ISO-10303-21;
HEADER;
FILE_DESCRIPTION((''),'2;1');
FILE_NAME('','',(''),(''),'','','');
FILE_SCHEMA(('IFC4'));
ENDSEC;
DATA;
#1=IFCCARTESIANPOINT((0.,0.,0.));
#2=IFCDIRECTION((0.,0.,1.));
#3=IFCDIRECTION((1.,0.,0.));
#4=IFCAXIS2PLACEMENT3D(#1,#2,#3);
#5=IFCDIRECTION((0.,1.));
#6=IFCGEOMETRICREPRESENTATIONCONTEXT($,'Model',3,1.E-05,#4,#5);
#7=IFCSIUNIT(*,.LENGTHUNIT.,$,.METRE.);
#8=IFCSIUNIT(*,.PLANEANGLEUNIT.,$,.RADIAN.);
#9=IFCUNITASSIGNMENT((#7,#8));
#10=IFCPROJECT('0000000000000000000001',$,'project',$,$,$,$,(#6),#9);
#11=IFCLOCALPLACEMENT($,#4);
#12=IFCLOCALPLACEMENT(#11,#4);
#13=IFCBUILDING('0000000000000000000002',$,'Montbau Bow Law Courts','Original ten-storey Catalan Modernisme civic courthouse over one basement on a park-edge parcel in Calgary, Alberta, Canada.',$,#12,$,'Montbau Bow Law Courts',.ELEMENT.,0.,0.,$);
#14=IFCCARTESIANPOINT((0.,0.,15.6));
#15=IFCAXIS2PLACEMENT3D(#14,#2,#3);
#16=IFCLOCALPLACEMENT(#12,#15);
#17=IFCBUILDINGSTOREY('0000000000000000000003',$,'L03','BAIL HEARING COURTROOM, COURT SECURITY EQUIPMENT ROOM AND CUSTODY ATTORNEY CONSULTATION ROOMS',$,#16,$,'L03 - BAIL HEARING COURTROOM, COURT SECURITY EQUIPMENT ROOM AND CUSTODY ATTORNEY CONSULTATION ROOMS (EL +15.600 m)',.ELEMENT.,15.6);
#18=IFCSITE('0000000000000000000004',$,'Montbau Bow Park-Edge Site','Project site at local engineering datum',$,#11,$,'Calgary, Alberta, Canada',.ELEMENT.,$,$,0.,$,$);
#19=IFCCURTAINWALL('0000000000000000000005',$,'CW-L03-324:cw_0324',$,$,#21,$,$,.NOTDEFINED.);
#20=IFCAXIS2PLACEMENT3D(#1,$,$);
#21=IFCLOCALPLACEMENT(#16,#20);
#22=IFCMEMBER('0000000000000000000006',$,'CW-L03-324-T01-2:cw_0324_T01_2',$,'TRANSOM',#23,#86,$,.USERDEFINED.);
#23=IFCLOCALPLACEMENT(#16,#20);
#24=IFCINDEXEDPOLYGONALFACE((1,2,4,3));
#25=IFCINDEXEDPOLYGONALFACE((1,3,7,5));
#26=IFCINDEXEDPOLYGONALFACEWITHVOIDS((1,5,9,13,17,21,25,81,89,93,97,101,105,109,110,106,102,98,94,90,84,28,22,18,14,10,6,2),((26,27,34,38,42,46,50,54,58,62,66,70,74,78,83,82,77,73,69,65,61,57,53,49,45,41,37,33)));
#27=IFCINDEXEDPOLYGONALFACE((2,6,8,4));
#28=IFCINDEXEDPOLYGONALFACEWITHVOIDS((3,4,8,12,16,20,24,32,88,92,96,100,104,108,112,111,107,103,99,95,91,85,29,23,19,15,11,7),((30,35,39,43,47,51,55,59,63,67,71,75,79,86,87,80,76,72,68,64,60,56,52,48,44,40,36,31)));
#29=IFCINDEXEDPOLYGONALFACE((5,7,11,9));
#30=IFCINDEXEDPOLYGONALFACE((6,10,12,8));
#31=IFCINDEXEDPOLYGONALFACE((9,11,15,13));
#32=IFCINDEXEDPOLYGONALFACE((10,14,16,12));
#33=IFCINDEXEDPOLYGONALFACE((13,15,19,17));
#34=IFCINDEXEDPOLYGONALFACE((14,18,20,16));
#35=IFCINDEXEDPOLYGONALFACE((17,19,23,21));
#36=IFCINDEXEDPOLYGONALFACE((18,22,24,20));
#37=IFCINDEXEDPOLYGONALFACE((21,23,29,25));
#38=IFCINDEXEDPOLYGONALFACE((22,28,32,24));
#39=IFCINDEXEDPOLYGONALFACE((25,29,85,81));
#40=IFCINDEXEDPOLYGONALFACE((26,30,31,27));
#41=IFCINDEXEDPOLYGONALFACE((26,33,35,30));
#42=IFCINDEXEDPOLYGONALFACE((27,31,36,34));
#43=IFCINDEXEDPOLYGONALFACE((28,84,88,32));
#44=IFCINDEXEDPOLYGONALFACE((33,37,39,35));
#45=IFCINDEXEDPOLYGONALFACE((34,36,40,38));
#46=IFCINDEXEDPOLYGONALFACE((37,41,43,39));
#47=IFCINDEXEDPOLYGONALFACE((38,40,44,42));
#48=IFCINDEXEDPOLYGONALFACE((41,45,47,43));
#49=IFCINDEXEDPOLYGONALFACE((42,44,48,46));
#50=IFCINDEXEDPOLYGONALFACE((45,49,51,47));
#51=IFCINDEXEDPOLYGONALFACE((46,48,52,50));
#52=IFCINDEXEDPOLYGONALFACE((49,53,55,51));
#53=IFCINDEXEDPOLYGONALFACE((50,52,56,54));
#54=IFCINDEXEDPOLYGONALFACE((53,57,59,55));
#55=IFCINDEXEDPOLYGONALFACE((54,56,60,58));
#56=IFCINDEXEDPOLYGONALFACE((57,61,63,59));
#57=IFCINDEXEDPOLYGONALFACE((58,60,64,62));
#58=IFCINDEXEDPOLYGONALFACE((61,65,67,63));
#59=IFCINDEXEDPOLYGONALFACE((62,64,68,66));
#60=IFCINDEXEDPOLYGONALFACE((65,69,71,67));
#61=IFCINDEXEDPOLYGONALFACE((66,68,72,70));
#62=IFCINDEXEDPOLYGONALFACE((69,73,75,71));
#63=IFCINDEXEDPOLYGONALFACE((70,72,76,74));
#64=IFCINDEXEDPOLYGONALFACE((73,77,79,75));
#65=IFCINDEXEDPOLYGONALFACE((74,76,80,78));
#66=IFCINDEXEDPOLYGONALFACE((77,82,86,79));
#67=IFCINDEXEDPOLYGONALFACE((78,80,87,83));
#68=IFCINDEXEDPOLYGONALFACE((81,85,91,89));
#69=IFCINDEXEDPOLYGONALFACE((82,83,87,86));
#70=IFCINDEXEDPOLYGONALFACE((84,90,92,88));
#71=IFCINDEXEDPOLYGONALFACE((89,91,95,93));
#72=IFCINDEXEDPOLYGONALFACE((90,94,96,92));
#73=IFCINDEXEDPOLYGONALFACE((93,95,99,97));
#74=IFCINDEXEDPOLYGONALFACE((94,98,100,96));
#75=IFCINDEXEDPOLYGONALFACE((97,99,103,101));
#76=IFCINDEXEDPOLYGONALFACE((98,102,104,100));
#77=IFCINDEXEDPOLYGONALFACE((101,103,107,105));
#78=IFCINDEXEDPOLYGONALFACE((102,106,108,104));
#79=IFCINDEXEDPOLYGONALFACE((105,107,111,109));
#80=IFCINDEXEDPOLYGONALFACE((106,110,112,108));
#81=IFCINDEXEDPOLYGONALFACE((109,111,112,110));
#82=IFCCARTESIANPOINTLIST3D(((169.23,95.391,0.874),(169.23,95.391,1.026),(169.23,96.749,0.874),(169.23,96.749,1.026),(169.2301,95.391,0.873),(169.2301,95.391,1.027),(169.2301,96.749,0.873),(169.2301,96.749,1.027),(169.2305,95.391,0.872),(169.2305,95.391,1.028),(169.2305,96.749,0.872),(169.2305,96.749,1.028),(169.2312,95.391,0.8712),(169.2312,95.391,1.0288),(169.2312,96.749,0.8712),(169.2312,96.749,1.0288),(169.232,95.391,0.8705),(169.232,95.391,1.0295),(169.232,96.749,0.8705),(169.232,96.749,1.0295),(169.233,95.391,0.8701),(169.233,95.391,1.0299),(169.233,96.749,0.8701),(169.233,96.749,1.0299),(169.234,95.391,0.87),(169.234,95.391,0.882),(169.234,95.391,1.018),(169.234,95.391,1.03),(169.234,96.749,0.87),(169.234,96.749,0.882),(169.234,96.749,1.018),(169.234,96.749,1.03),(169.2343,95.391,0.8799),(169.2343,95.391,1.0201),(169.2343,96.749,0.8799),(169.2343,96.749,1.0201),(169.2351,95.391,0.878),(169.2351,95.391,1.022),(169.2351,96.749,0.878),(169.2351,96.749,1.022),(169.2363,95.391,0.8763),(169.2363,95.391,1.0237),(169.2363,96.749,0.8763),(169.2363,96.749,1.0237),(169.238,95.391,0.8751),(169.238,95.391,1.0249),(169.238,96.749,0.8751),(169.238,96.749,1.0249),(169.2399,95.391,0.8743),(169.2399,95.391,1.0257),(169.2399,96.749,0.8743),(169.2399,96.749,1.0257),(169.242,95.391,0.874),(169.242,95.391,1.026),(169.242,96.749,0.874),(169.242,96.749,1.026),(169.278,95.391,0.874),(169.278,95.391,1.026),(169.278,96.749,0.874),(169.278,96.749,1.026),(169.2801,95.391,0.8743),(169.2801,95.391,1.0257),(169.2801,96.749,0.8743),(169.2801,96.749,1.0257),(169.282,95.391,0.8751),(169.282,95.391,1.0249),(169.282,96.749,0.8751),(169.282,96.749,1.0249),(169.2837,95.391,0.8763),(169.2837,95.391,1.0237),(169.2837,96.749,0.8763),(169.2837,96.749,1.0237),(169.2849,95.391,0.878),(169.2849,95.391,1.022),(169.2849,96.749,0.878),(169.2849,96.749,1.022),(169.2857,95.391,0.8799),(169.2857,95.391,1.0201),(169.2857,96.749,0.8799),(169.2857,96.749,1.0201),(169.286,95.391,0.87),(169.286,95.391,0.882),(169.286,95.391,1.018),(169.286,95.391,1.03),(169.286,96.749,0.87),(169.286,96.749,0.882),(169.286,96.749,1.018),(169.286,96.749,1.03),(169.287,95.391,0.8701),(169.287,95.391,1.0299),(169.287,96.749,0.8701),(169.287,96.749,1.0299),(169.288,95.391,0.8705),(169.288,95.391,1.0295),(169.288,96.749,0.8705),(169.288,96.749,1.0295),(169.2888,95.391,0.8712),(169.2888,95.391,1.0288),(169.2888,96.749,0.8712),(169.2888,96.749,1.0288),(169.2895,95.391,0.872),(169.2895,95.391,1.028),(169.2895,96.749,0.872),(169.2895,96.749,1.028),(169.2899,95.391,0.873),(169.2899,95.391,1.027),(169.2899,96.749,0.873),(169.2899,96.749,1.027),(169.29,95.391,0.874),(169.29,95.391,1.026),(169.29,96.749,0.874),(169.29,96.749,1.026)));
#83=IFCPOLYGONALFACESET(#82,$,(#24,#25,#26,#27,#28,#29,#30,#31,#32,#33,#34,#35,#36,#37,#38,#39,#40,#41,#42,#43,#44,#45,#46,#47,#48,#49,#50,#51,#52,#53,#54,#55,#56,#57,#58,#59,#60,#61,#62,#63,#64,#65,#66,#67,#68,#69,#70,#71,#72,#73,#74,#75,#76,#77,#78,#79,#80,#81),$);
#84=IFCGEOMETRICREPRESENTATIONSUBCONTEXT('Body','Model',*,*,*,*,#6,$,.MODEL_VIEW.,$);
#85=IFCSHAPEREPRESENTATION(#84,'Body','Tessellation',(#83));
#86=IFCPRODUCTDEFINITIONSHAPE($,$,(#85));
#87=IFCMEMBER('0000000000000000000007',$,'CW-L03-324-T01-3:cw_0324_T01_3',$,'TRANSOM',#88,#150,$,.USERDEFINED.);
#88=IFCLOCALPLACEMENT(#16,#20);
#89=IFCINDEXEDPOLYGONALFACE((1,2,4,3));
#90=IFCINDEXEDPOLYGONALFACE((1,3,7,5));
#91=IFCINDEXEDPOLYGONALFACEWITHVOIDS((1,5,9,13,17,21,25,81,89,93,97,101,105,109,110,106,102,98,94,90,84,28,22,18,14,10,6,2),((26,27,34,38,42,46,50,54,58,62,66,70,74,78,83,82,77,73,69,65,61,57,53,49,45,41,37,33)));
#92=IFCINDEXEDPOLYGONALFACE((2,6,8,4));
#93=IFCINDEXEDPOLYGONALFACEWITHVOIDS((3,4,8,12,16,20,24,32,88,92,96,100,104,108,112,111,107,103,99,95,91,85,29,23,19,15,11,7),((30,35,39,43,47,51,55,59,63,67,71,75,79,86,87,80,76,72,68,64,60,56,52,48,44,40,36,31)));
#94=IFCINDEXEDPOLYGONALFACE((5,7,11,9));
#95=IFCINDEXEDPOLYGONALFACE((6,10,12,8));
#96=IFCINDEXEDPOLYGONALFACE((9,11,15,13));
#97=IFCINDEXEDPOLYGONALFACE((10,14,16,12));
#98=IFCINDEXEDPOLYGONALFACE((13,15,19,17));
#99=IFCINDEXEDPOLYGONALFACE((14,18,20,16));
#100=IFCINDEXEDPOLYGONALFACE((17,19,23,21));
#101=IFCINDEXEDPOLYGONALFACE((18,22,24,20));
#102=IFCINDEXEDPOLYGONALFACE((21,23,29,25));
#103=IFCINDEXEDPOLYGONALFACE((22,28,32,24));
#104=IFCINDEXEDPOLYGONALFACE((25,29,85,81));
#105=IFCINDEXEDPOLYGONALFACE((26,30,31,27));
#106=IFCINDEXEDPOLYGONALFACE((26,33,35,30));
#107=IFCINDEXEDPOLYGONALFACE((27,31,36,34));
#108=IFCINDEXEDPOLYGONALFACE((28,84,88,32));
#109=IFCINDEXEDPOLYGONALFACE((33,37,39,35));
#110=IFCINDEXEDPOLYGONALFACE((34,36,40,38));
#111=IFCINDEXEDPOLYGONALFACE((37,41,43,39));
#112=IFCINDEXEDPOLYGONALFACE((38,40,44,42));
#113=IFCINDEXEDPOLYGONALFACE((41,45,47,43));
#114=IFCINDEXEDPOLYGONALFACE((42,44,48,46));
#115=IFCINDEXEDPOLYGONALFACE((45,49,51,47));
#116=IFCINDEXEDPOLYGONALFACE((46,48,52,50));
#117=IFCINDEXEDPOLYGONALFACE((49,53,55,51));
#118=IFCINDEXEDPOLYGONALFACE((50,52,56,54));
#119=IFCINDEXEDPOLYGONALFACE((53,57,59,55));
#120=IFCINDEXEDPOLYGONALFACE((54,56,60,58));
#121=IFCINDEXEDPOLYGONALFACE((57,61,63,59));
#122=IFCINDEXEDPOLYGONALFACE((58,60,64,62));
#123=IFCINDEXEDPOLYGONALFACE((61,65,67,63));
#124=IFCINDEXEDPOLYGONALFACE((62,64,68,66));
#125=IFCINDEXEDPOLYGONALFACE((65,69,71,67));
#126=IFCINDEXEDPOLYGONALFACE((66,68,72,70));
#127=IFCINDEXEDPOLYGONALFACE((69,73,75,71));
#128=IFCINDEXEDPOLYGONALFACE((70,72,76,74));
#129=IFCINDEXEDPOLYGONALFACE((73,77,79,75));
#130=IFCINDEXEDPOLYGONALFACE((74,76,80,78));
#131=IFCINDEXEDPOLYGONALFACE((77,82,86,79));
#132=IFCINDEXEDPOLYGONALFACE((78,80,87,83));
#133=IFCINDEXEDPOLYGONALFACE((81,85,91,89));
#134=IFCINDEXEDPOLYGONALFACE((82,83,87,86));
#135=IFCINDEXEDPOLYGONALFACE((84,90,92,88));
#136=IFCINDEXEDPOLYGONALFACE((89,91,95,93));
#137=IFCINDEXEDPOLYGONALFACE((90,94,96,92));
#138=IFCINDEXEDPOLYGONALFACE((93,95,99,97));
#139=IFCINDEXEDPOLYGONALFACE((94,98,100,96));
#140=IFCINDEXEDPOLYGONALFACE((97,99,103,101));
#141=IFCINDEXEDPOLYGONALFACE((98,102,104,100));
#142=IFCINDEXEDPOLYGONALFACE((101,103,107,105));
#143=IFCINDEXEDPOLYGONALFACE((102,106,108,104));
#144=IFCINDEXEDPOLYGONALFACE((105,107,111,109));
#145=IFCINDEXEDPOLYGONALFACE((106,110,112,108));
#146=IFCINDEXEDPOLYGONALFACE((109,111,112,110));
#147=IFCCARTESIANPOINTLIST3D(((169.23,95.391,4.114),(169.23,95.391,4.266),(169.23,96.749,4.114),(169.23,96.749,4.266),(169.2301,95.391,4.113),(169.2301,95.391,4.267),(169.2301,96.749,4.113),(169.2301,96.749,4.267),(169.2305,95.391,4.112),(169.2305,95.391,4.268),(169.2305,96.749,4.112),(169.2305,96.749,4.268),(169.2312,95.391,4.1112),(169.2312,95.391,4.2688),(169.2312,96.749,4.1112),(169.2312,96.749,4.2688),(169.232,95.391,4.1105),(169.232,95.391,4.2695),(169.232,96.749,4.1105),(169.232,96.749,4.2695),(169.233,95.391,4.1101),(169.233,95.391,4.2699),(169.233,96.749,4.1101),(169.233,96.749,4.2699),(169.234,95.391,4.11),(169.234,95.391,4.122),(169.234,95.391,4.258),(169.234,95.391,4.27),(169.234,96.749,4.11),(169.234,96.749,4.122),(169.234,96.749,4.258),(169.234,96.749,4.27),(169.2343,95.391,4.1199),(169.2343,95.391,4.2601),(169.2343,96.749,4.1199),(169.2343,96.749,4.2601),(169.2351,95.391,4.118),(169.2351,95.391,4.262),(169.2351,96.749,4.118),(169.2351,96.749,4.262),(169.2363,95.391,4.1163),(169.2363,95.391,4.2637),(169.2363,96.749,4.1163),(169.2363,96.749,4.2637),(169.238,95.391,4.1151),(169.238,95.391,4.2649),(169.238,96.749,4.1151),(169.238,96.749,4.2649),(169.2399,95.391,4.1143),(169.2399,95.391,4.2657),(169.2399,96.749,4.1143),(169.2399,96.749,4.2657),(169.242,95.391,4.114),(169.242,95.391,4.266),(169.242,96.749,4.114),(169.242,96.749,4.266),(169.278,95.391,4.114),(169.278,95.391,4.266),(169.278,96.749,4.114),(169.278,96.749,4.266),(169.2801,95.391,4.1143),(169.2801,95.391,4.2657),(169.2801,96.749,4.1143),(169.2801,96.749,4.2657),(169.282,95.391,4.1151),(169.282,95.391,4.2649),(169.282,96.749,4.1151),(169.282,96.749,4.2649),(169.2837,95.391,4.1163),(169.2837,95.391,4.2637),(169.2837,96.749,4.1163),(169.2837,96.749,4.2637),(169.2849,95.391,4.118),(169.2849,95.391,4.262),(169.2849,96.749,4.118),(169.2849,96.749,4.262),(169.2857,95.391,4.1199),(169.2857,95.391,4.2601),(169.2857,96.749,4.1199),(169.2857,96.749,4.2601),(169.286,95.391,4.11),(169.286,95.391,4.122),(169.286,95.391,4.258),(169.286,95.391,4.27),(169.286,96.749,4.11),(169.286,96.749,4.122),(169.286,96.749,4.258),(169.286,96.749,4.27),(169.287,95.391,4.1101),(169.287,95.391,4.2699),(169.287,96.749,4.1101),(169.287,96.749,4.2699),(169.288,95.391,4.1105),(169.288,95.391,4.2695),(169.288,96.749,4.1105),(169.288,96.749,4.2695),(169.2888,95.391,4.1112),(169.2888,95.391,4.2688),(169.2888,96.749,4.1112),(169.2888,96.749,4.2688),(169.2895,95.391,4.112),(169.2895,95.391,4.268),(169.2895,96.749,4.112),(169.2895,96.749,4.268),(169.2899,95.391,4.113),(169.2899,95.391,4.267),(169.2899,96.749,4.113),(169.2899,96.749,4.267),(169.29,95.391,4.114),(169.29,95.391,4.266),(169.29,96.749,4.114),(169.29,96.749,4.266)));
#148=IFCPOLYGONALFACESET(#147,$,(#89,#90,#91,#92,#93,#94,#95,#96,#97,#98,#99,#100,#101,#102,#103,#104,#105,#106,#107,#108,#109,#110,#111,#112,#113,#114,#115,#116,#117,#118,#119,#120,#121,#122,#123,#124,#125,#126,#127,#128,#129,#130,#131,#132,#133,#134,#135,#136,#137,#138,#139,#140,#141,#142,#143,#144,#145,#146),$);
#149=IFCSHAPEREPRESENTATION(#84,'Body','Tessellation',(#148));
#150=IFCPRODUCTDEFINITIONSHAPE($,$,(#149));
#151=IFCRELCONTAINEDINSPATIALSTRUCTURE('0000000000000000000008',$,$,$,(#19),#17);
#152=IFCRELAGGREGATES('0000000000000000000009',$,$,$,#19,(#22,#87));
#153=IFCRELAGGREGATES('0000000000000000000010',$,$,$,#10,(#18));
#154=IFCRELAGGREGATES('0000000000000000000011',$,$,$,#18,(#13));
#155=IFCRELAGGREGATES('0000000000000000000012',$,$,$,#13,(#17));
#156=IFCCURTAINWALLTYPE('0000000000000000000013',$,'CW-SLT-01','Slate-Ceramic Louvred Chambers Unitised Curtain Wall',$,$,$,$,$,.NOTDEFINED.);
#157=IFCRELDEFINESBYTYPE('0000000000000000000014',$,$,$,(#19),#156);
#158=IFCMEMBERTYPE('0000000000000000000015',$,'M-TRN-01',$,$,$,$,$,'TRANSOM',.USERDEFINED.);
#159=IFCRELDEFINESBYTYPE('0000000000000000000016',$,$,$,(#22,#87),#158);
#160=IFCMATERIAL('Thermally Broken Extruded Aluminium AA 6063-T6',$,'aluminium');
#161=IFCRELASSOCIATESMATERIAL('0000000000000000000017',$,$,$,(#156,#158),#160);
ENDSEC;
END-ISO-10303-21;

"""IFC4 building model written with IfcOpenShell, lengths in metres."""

from ifc_helpers import new_model, si_unit, direction, frame, origin_with_axes, origin_2d_with_axis, place, context, subcontext, project, spatial, hollow_rectangle, extrude, material, material_profile, profile_set, type_object, element, aggregate, save


model = new_model("IFC4")

# Units and contexts
model_context = context("Model", 3, precision=1e-05, world=origin_with_axes(), true_north=direction((0.0, 1.0)))
body_context = subcontext(model_context, "Body", "Model", "MODEL_VIEW")
ifc_project = project(units=[si_unit("LENGTHUNIT", "METRE"), si_unit("PLANEANGLEUNIT", "RADIAN")], contexts=[model_context])

# Site, building, storey
site_placement = place(None, origin_with_axes())
site = spatial("IfcSite", under=ifc_project, at=site_placement, Name="Montbau Bow Park-Edge Site", Description="Project site at local engineering datum", LongName="Calgary, Alberta, Canada", CompositionType="ELEMENT", RefElevation=0.0)
building_placement = place(site_placement, origin_with_axes())
building = spatial("IfcBuilding", under=site, at=building_placement, Name="Montbau Bow Law Courts", Description="Original ten-storey Catalan Modernisme civic courthouse over one basement on a park-edge parcel in Calgary, Alberta, Canada.", LongName="Montbau Bow Law Courts", CompositionType="ELEMENT", ElevationOfRefHeight=0.0, ElevationOfTerrain=0.0)
storey_placement = place(building_placement, frame((0.0, 0.0, 15.6), z_axis=(0.0, 0.0, 1.0), x_axis=(1.0, 0.0, 0.0)))
storey = spatial("IfcBuildingStorey", under=building, at=storey_placement, Name="L03", Description="BAIL HEARING COURTROOM, COURT SECURITY EQUIPMENT ROOM AND CUSTODY ATTORNEY CONSULTATION ROOMS", LongName="L03 - BAIL HEARING COURTROOM, COURT SECURITY EQUIPMENT ROOM AND CUSTODY ATTORNEY CONSULTATION ROOMS (EL +15.600 m)", CompositionType="ELEMENT", Elevation=15.6)

# Curtain wall
ifc_material_1 = material(Name="Thermally Broken Extruded Aluminium AA 6063-T6", Category="aluminium")
curtain_wall_type = type_object("IfcCurtainWallType", Name="CW-SLT-01", Description="Slate-Ceramic Louvred Chambers Unitised Curtain Wall", PredefinedType="NOTDEFINED", material=ifc_material_1)
curtain_wall_1_placement = place(None, frame((169.26, 95.315, 15.6), z_axis=(0.0, 0.0, 1.0), x_axis=(1.0, 0.0, 0.0)))
curtain_wall_1 = element("IfcCurtainWall", 1, at=curtain_wall_1_placement, inside=storey, type_object=curtain_wall_type, Name="CW-L03-324:cw_0324", PredefinedType="NOTDEFINED")

# Members
ifc_material_profile_1 = material_profile(ifc_material_1, hollow_rectangle(XDim=0.06, YDim=0.16, WallThickness=0.004, InnerFilletRadius=0.008, OuterFilletRadius=0.004, at=origin_2d_with_axis()), Name="CWT-160X60", Category="Main", Priority=0)
ifc_profile_set_1 = profile_set([ifc_material_profile_1], Name="Thermally Broken Extruded Aluminium AA 6063-T6")
member_type_1 = type_object("IfcMemberType", Name="M-TRN-01", ElementType="TRANSOM", PredefinedType="USERDEFINED", material=ifc_profile_set_1)
member_1_placement = place(None, frame((169.26, 95.391, 16.55), z_axis=(0.0, 1.0, 0.0), x_axis=(-1.0, 0.0, 0.0)))
member_1 = element("IfcMember", 2, at=member_1_placement, type_object=member_type_1, Name="CW-L03-324-T01-2:cw_0324_T01_2", ObjectType="TRANSOM", PredefinedType="USERDEFINED", context=body_context, shape_type="SweptSolid", body=[
    extrude(hollow_rectangle(XDim=0.06, YDim=0.16, WallThickness=0.004, InnerFilletRadius=0.008, OuterFilletRadius=0.004, at=origin_2d_with_axis()), origin_with_axes(), (0.0, 0.0, 1.0), 1.358),
])
member_2_placement = place(None, frame((169.26, 95.391, 19.79), z_axis=(0.0, 1.0, 0.0), x_axis=(-1.0, 0.0, 0.0)))
member_2 = element("IfcMember", 3, at=member_2_placement, type_object=member_type_1, Name="CW-L03-324-T01-3:cw_0324_T01_3", ObjectType="TRANSOM", PredefinedType="USERDEFINED", context=body_context, shape_type="SweptSolid", body=[
    extrude(hollow_rectangle(XDim=0.06, YDim=0.16, WallThickness=0.004, InnerFilletRadius=0.008, OuterFilletRadius=0.004, at=origin_2d_with_axis()), origin_with_axes(), (0.0, 0.0, 1.0), 1.358),
])

aggregate(curtain_wall_1, [member_1, member_2])

save(model, "model.ifc")
